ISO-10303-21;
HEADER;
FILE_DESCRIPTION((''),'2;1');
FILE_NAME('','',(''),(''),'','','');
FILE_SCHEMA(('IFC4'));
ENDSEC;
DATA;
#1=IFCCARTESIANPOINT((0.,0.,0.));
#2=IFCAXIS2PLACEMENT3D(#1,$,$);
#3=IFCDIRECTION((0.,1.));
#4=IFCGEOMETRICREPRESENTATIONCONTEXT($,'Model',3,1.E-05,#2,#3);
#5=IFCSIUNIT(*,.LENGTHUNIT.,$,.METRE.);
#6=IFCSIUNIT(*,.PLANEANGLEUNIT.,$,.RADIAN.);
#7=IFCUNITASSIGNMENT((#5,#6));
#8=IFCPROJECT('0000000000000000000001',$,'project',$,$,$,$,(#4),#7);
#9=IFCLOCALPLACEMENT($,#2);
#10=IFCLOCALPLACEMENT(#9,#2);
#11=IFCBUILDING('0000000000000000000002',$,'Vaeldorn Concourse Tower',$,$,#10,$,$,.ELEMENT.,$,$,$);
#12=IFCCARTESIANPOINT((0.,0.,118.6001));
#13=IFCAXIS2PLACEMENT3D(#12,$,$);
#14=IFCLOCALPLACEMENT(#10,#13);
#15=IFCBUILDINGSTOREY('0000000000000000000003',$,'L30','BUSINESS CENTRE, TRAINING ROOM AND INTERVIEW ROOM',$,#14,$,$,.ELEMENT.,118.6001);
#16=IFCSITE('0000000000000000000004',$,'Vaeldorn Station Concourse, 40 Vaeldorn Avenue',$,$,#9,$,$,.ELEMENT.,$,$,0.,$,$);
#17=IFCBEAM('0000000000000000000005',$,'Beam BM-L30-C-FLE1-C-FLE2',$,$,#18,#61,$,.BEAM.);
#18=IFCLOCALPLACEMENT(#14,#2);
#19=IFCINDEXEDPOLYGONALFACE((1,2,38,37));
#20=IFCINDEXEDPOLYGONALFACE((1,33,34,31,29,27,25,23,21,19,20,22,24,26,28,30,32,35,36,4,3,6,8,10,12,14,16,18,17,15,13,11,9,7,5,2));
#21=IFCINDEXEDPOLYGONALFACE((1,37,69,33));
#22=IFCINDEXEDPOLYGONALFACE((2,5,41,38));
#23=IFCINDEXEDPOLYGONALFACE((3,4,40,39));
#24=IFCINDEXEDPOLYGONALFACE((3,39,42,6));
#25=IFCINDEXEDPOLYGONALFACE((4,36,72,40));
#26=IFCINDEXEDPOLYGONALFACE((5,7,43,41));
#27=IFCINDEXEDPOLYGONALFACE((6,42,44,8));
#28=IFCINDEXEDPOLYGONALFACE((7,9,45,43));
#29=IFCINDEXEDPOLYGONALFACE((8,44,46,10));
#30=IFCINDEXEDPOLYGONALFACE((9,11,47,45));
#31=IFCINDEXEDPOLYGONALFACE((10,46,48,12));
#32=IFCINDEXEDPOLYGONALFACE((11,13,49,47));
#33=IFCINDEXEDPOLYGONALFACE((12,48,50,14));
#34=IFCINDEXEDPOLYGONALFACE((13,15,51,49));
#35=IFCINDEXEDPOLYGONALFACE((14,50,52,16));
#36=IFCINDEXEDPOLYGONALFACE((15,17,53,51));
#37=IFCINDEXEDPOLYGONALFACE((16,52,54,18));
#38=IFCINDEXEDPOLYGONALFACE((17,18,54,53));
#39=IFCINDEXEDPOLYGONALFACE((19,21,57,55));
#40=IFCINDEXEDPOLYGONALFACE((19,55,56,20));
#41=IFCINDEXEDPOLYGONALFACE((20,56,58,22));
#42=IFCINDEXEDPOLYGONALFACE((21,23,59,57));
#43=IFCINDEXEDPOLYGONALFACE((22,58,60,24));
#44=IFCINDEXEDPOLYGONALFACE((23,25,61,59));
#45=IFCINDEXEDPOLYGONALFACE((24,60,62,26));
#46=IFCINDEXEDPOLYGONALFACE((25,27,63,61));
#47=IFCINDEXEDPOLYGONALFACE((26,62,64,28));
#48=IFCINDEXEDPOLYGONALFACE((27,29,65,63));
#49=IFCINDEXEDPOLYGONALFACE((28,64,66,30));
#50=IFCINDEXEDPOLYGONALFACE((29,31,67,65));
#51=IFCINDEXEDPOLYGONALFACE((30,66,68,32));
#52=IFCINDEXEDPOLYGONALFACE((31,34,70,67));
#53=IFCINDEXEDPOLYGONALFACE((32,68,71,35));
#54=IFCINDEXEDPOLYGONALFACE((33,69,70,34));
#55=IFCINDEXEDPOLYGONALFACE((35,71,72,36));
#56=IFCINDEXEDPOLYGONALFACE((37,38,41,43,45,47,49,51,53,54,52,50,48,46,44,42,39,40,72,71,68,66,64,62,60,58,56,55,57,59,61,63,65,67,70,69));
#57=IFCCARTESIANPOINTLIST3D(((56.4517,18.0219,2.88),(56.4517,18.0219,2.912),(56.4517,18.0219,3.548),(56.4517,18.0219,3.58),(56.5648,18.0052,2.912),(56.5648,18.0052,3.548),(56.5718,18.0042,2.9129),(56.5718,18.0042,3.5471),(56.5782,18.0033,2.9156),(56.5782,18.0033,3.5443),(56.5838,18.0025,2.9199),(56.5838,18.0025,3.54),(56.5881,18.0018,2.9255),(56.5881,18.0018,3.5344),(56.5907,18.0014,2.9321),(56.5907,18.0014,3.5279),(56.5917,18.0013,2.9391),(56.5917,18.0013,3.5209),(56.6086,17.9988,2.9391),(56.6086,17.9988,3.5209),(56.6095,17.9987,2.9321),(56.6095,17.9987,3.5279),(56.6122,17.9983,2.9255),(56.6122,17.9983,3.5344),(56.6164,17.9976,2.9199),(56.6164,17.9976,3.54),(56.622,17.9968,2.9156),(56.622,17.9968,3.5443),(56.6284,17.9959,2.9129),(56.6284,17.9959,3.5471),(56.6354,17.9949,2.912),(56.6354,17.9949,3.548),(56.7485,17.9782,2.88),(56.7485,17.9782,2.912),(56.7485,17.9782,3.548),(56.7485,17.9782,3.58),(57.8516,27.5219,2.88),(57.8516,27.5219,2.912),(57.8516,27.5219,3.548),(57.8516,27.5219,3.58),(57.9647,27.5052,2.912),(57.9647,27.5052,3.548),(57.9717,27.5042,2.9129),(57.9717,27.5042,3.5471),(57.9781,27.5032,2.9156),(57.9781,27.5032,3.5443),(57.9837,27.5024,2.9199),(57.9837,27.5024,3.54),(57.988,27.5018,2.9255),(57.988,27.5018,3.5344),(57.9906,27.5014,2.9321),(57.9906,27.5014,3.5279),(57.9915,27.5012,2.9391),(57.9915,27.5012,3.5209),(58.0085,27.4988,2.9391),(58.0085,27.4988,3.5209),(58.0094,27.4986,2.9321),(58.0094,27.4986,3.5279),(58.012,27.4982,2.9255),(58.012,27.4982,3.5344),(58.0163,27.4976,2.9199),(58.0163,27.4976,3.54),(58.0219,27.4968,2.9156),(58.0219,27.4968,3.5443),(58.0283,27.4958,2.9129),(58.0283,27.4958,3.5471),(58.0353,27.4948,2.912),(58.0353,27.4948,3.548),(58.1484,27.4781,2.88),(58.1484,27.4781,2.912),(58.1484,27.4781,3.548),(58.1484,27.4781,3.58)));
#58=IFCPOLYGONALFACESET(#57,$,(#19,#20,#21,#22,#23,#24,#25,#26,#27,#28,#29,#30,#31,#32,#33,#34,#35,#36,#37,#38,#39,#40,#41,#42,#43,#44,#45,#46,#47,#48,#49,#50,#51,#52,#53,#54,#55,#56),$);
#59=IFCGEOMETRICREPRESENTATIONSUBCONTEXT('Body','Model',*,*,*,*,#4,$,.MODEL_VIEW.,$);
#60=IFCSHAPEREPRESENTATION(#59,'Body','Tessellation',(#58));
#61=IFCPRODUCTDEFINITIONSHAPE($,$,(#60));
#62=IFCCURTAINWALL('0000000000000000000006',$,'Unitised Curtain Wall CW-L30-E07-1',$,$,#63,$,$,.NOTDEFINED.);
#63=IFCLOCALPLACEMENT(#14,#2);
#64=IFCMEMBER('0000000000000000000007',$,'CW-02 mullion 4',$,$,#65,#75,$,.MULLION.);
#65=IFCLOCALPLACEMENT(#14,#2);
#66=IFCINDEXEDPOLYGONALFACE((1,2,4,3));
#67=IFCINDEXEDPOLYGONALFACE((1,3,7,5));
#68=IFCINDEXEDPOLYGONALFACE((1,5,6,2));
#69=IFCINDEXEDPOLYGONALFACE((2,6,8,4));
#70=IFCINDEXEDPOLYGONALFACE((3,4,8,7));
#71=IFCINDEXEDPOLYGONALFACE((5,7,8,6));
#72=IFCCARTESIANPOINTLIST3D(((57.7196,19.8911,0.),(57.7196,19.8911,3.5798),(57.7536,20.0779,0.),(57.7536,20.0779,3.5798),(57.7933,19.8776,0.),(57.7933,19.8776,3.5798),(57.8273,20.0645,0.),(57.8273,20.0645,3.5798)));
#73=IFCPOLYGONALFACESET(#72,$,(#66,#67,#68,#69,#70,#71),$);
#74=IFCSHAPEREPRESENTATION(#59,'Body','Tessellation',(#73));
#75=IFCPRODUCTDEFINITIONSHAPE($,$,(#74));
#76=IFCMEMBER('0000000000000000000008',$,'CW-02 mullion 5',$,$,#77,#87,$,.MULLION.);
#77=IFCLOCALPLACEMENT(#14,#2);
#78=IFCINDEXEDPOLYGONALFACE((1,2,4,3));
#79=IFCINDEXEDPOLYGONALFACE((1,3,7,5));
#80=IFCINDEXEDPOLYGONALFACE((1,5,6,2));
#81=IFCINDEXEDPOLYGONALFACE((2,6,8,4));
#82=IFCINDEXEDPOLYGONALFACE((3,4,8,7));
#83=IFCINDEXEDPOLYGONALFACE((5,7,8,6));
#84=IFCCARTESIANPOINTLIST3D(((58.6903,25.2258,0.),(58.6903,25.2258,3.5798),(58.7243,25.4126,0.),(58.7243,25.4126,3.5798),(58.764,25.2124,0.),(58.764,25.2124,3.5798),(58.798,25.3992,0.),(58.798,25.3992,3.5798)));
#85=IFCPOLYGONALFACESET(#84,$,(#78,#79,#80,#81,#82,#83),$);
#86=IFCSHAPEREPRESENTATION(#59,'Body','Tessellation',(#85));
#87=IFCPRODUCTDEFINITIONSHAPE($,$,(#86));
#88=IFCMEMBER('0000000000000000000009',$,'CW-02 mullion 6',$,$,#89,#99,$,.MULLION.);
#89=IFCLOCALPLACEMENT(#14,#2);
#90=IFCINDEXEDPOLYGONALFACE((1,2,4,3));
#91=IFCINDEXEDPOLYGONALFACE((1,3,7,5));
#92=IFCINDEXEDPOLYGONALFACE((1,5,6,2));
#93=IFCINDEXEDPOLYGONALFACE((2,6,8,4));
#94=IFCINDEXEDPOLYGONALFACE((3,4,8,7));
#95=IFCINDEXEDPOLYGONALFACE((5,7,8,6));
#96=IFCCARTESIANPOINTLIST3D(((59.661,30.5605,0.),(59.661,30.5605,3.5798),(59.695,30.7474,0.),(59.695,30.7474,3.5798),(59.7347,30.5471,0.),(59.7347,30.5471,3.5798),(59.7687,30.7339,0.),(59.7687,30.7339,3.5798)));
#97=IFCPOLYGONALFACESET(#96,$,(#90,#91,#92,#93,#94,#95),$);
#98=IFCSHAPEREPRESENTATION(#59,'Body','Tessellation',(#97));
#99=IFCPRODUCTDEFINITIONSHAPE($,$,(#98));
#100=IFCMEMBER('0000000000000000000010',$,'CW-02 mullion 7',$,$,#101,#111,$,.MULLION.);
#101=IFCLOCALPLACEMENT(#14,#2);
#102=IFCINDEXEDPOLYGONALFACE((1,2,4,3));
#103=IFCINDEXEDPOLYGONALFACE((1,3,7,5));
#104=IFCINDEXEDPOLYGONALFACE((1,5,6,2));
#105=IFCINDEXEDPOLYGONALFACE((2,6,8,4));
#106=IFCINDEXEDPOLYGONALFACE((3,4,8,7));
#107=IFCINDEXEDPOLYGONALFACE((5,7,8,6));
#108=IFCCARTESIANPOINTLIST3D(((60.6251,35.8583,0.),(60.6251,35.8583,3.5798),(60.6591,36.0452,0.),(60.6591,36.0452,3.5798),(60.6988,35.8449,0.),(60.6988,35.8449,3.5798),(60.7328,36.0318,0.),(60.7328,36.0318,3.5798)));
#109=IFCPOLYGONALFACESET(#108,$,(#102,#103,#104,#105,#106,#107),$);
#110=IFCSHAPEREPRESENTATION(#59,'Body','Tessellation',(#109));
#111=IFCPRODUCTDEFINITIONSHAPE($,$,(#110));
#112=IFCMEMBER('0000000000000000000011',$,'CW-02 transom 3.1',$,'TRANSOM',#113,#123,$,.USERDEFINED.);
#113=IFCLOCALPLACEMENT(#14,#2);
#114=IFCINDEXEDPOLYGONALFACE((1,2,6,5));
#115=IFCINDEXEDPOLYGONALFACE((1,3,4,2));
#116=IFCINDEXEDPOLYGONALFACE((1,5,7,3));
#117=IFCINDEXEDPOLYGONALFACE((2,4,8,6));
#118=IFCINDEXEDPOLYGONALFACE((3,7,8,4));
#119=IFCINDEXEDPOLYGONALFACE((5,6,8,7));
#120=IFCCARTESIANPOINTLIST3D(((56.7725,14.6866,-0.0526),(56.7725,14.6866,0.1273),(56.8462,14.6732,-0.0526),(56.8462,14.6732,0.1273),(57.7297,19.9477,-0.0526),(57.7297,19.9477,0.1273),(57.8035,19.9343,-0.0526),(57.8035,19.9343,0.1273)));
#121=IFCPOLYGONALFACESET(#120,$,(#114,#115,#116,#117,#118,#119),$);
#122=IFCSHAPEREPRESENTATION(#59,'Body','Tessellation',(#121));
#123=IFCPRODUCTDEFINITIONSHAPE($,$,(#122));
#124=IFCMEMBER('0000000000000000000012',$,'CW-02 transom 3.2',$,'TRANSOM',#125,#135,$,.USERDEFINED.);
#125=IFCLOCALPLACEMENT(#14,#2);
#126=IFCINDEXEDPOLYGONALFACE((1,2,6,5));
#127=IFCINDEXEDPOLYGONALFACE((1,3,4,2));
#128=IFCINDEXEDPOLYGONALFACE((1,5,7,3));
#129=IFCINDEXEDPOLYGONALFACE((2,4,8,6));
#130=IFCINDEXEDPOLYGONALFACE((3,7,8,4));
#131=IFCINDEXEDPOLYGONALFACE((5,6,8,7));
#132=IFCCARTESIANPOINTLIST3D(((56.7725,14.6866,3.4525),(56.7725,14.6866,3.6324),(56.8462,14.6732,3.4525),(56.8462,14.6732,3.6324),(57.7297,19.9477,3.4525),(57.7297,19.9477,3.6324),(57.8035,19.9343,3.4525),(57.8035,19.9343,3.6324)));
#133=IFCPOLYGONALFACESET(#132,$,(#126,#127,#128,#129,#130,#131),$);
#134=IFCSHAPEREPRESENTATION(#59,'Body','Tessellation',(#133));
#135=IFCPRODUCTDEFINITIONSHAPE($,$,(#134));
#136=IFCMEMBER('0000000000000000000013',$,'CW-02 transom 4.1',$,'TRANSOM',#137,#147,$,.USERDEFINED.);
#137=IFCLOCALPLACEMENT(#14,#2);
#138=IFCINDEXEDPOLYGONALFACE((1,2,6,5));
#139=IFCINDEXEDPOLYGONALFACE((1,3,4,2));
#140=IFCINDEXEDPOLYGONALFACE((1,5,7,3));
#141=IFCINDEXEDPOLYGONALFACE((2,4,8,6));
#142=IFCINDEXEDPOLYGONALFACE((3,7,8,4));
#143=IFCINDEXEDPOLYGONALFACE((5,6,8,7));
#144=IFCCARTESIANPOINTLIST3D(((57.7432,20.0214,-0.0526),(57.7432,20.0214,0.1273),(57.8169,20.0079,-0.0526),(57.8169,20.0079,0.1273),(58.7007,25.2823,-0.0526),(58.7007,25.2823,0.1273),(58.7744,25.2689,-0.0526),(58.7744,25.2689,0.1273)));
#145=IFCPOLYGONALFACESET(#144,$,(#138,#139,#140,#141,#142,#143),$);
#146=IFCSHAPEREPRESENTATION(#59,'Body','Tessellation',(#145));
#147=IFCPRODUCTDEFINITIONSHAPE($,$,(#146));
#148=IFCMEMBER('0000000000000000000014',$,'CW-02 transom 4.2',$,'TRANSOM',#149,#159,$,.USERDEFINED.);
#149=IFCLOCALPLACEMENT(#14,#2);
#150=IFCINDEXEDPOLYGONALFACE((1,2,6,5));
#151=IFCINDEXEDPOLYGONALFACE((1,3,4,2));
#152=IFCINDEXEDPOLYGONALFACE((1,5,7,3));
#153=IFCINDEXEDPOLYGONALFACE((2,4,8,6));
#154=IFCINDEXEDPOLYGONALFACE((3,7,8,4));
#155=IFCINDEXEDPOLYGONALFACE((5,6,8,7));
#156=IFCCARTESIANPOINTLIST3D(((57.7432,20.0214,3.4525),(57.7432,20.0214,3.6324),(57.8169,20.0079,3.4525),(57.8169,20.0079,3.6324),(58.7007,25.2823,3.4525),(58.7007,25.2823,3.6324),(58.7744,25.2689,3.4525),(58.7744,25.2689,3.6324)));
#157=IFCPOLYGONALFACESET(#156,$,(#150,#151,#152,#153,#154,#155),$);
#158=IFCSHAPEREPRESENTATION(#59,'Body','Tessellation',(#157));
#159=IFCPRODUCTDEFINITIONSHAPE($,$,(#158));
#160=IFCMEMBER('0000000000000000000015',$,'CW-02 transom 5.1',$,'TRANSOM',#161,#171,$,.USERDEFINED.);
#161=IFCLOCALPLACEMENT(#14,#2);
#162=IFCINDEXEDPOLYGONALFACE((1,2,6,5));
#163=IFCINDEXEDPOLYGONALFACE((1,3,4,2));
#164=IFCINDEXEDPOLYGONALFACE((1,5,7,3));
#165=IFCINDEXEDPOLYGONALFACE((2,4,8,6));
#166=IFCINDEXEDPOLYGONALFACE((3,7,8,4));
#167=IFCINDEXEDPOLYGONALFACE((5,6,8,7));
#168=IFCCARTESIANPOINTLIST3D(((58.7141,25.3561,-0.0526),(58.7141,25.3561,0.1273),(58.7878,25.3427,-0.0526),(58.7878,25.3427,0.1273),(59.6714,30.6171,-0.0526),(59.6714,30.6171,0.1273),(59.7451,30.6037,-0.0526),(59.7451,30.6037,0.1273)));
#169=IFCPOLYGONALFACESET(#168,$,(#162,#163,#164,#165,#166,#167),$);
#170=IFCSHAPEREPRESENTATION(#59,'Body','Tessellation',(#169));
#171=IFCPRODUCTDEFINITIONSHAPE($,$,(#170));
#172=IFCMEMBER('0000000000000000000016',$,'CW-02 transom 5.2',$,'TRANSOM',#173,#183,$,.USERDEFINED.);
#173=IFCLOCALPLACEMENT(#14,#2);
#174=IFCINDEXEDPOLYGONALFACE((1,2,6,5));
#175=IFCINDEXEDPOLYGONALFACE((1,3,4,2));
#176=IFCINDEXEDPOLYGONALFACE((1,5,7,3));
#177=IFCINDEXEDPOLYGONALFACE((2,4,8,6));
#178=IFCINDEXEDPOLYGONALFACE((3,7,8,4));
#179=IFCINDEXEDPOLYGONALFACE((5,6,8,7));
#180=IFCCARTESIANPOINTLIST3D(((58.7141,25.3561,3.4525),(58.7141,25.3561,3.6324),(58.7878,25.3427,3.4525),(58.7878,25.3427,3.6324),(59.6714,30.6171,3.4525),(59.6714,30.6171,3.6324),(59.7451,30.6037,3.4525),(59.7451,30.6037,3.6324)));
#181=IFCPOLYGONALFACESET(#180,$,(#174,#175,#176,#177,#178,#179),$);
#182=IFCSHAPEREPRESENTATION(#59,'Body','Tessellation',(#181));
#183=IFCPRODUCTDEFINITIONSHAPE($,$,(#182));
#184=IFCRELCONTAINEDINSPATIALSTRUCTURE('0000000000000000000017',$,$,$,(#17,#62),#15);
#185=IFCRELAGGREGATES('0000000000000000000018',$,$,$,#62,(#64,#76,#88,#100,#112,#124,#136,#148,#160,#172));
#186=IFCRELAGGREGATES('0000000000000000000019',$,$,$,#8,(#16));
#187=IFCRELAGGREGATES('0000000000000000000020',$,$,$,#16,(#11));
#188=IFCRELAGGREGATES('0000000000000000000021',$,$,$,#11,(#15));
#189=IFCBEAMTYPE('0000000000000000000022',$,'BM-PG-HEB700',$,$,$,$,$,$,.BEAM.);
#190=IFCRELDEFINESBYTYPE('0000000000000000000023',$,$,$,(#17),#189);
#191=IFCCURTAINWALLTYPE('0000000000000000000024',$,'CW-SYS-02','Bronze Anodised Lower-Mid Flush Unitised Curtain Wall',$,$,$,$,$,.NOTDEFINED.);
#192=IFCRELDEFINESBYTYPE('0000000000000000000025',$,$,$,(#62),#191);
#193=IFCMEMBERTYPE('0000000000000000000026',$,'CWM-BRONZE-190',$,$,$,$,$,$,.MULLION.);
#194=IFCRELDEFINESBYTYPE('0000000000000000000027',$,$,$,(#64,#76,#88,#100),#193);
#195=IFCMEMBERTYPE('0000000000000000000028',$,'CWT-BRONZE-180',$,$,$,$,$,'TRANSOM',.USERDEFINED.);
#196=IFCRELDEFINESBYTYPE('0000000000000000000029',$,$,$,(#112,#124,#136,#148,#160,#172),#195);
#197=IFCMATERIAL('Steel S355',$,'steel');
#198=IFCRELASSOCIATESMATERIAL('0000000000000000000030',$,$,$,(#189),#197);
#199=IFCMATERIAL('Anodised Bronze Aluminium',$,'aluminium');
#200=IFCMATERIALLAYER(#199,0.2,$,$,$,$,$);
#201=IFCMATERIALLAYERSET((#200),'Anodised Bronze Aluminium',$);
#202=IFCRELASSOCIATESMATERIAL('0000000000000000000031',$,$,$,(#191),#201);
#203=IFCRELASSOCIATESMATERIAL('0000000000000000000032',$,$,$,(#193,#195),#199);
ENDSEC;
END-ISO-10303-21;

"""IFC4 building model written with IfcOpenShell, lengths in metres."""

from ifc_helpers import new_model, si_unit, direction, frame, origin, origin_2d, place, context, subcontext, project, spatial, rectangle, i_section, extrude, source, transform, mapped, material, layer, layer_set, material_profile, profile_set, type_object, element, aggregate, save


model = new_model("IFC4")

# Units and contexts
model_context = context("Model", 3, precision=1e-05, world=origin(), true_north=direction((0.0, 1.0)))
body_context = subcontext(model_context, "Body", "Model", "MODEL_VIEW")
ifc_project = project(units=[si_unit("LENGTHUNIT", "METRE"), si_unit("PLANEANGLEUNIT", "RADIAN")], contexts=[model_context])

# Site, building, storey
site_placement = place(None, origin())
site = spatial("IfcSite", under=ifc_project, at=site_placement, Name="Vaeldorn Station Concourse, 40 Vaeldorn Avenue", CompositionType="ELEMENT", RefElevation=0.0)
building_placement = place(site_placement, origin())
building = spatial("IfcBuilding", under=site, at=building_placement, Name="Vaeldorn Concourse Tower", CompositionType="ELEMENT")
storey_placement = place(building_placement, frame((0.0, 0.0, 118.6001)))
storey = spatial("IfcBuildingStorey", under=building, at=storey_placement, Name="L30", Description="BUSINESS CENTRE, TRAINING ROOM AND INTERVIEW ROOM", CompositionType="ELEMENT", Elevation=118.6001)

# Beam
ifc_material_1 = material(Name="Steel S355", Category="steel")
ifc_material_profile_1 = material_profile(ifc_material_1, i_section(OverallWidth=0.3, OverallDepth=0.7, WebThickness=0.0171, FlangeThickness=0.032, FilletRadius=0.0271, at=origin_2d()), Name="HEB 700")
ifc_profile_set_1 = profile_set([ifc_material_profile_1], Name="Steel S355")
beam_type_1 = type_object("IfcBeamType", Name="BM-PG-HEB700", PredefinedType="BEAM", material=ifc_profile_set_1)
shared_shape_1 = source(origin(), body_context, "Body", "SweptSolid", [
    extrude(i_section(OverallWidth=0.3, OverallDepth=0.7, WebThickness=0.0171, FlangeThickness=0.032, FilletRadius=0.0271, at=origin_2d()), origin(), (0.0, 0.0, 1.0), 9.6025),
])
beam_1_placement = place(storey_placement, frame((58.0, 27.5, 3.23), z_axis=(-0.145784, -0.989316, 0.0), x_axis=(0.989316, -0.145784, 0.0)))
element("IfcBeam", 1, at=beam_1_placement, inside=storey, type_object=beam_type_1, Name="Beam BM-L30-C-FLE1-C-FLE2", PredefinedType="BEAM", context=body_context, shape_type="MappedRepresentation", body=[
    mapped(shared_shape_1, transform((0.0, 0.0, 0.0), scale=1.0)),
])

# Curtain wall, members
ifc_material_2 = material(Name="Anodised Bronze Aluminium", Category="aluminium")
ifc_layer_1 = layer(ifc_material_2, 0.2)
ifc_layer_set_1 = layer_set([ifc_layer_1], Name="Anodised Bronze Aluminium")
curtain_wall_type = type_object("IfcCurtainWallType", Name="CW-SYS-02", Description="Bronze Anodised Lower-Mid Flush Unitised Curtain Wall", PredefinedType="NOTDEFINED", material=ifc_layer_set_1)
curtain_wall_placement = place(storey_placement, origin())
curtain_wall = element("IfcCurtainWall", 2, at=curtain_wall_placement, inside=storey, type_object=curtain_wall_type, Name="Unitised Curtain Wall CW-L30-E07-1", PredefinedType="NOTDEFINED")
ifc_material_profile_2 = material_profile(ifc_material_2, rectangle(XDim=0.075, YDim=0.1899, at=origin_2d()), Name="CWM 75x190")
ifc_profile_set_2 = profile_set([ifc_material_profile_2], Name="Anodised Bronze Aluminium")
member_type_1 = type_object("IfcMemberType", Name="CWM-BRONZE-190", PredefinedType="MULLION", material=ifc_profile_set_2)
shared_shape_2 = source(origin(), body_context, "Body", "SweptSolid", [
    extrude(rectangle(XDim=0.075, YDim=0.1899, at=origin_2d()), origin(), (0.0, 0.0, 1.0), 3.5798),
])
member_1_placement = place(storey_placement, frame((57.7734, 19.9778, 0.0), z_axis=(0.0, 0.0, 1.0), x_axis=(-0.983844, 0.17903, 0.0)))
member_1 = element("IfcMember", 3, at=member_1_placement, type_object=member_type_1, Name="CW-02 mullion 4", PredefinedType="MULLION", context=body_context, shape_type="MappedRepresentation", body=[
    mapped(shared_shape_2, transform((0.0, 0.0, 0.0), scale=1.0)),
])
member_2_placement = place(storey_placement, frame((58.7441, 25.3125, 0.0), z_axis=(0.0, 0.0, 1.0), x_axis=(-0.983844, 0.17903, 0.0)))
member_2 = element("IfcMember", 4, at=member_2_placement, type_object=member_type_1, Name="CW-02 mullion 5", PredefinedType="MULLION", context=body_context, shape_type="MappedRepresentation", body=[
    mapped(shared_shape_2, transform((0.0, 0.0, 0.0), scale=1.0)),
])
member_3_placement = place(storey_placement, frame((59.7148, 30.6472, 0.0), z_axis=(0.0, 0.0, 1.0), x_axis=(-0.983844, 0.17903, 0.0)))
member_3 = element("IfcMember", 5, at=member_3_placement, type_object=member_type_1, Name="CW-02 mullion 6", PredefinedType="MULLION", context=body_context, shape_type="MappedRepresentation", body=[
    mapped(shared_shape_2, transform((0.0, 0.0, 0.0), scale=1.0)),
])
member_4_placement = place(storey_placement, frame((60.679, 35.9451, 0.0), z_axis=(0.0, 0.0, 1.0), x_axis=(-0.983844, 0.17903, 0.0)))
member_4 = element("IfcMember", 6, at=member_4_placement, type_object=member_type_1, Name="CW-02 mullion 7", PredefinedType="MULLION", context=body_context, shape_type="MappedRepresentation", body=[
    mapped(shared_shape_2, transform((0.0, 0.0, 0.0), scale=1.0)),
])
ifc_material_profile_3 = material_profile(ifc_material_2, rectangle(XDim=0.075, YDim=0.1799, at=origin_2d()), Name="CWT 75x180")
ifc_profile_set_3 = profile_set([ifc_material_profile_3], Name="Anodised Bronze Aluminium")
member_type_2 = type_object("IfcMemberType", Name="CWT-BRONZE-180", ElementType="TRANSOM", PredefinedType="USERDEFINED", material=ifc_profile_set_3)
shared_shape_3 = source(origin(), body_context, "Body", "SweptSolid", [
    extrude(rectangle(XDim=0.075, YDim=0.1799, at=origin_2d()), origin(), (0.0, 0.0, 1.0), 5.3474),
])
member_5_placement = place(storey_placement, frame((56.8093, 14.6799, 0.0374), z_axis=(0.179018, 0.983846, 0.0), x_axis=(-0.983846, 0.179018, 0.0)))
member_5 = element("IfcMember", 7, at=member_5_placement, type_object=member_type_2, Name="CW-02 transom 3.1", ObjectType="TRANSOM", PredefinedType="USERDEFINED", context=body_context, shape_type="MappedRepresentation", body=[
    mapped(shared_shape_3, transform((0.0, 0.0, 0.0), scale=1.0)),
])
member_6_placement = place(storey_placement, frame((56.8093, 14.6799, 3.5425), z_axis=(0.179018, 0.983846, 0.0), x_axis=(-0.983846, 0.179018, 0.0)))
member_6 = element("IfcMember", 8, at=member_6_placement, type_object=member_type_2, Name="CW-02 transom 3.2", ObjectType="TRANSOM", PredefinedType="USERDEFINED", context=body_context, shape_type="MappedRepresentation", body=[
    mapped(shared_shape_3, transform((0.0, 0.0, 0.0), scale=1.0)),
])
member_7_placement = place(storey_placement, frame((57.78, 20.0146, 0.0374), z_axis=(0.179062, 0.983838, 0.0), x_axis=(-0.983838, 0.179062, 0.0)))
member_7 = element("IfcMember", 9, at=member_7_placement, type_object=member_type_2, Name="CW-02 transom 4.1", ObjectType="TRANSOM", PredefinedType="USERDEFINED", context=body_context, shape_type="MappedRepresentation", body=[
    mapped(shared_shape_3, transform((0.0, 0.0, 0.0), scale=1.0)),
])
member_8_placement = place(storey_placement, frame((57.78, 20.0146, 3.5425), z_axis=(0.179062, 0.983838, 0.0), x_axis=(-0.983838, 0.179062, 0.0)))
member_8 = element("IfcMember", 10, at=member_8_placement, type_object=member_type_2, Name="CW-02 transom 4.2", ObjectType="TRANSOM", PredefinedType="USERDEFINED", context=body_context, shape_type="MappedRepresentation", body=[
    mapped(shared_shape_3, transform((0.0, 0.0, 0.0), scale=1.0)),
])
member_9_placement = place(storey_placement, frame((58.751, 25.3494, 0.0374), z_axis=(0.179018, 0.983846, 0.0), x_axis=(-0.983846, 0.179018, 0.0)))
member_9 = element("IfcMember", 11, at=member_9_placement, type_object=member_type_2, Name="CW-02 transom 5.1", ObjectType="TRANSOM", PredefinedType="USERDEFINED", context=body_context, shape_type="MappedRepresentation", body=[
    mapped(shared_shape_3, transform((0.0, 0.0, 0.0), scale=1.0)),
])
member_10_placement = place(storey_placement, frame((58.751, 25.3494, 3.5425), z_axis=(0.179018, 0.983846, 0.0), x_axis=(-0.983846, 0.179018, 0.0)))
member_10 = element("IfcMember", 12, at=member_10_placement, type_object=member_type_2, Name="CW-02 transom 5.2", ObjectType="TRANSOM", PredefinedType="USERDEFINED", context=body_context, shape_type="MappedRepresentation", body=[
    mapped(shared_shape_3, transform((0.0, 0.0, 0.0), scale=1.0)),
])
aggregate(curtain_wall, [member_1, member_2, member_3, member_4, member_5, member_6, member_7, member_8, member_9, member_10])

save(model, "model.ifc")
